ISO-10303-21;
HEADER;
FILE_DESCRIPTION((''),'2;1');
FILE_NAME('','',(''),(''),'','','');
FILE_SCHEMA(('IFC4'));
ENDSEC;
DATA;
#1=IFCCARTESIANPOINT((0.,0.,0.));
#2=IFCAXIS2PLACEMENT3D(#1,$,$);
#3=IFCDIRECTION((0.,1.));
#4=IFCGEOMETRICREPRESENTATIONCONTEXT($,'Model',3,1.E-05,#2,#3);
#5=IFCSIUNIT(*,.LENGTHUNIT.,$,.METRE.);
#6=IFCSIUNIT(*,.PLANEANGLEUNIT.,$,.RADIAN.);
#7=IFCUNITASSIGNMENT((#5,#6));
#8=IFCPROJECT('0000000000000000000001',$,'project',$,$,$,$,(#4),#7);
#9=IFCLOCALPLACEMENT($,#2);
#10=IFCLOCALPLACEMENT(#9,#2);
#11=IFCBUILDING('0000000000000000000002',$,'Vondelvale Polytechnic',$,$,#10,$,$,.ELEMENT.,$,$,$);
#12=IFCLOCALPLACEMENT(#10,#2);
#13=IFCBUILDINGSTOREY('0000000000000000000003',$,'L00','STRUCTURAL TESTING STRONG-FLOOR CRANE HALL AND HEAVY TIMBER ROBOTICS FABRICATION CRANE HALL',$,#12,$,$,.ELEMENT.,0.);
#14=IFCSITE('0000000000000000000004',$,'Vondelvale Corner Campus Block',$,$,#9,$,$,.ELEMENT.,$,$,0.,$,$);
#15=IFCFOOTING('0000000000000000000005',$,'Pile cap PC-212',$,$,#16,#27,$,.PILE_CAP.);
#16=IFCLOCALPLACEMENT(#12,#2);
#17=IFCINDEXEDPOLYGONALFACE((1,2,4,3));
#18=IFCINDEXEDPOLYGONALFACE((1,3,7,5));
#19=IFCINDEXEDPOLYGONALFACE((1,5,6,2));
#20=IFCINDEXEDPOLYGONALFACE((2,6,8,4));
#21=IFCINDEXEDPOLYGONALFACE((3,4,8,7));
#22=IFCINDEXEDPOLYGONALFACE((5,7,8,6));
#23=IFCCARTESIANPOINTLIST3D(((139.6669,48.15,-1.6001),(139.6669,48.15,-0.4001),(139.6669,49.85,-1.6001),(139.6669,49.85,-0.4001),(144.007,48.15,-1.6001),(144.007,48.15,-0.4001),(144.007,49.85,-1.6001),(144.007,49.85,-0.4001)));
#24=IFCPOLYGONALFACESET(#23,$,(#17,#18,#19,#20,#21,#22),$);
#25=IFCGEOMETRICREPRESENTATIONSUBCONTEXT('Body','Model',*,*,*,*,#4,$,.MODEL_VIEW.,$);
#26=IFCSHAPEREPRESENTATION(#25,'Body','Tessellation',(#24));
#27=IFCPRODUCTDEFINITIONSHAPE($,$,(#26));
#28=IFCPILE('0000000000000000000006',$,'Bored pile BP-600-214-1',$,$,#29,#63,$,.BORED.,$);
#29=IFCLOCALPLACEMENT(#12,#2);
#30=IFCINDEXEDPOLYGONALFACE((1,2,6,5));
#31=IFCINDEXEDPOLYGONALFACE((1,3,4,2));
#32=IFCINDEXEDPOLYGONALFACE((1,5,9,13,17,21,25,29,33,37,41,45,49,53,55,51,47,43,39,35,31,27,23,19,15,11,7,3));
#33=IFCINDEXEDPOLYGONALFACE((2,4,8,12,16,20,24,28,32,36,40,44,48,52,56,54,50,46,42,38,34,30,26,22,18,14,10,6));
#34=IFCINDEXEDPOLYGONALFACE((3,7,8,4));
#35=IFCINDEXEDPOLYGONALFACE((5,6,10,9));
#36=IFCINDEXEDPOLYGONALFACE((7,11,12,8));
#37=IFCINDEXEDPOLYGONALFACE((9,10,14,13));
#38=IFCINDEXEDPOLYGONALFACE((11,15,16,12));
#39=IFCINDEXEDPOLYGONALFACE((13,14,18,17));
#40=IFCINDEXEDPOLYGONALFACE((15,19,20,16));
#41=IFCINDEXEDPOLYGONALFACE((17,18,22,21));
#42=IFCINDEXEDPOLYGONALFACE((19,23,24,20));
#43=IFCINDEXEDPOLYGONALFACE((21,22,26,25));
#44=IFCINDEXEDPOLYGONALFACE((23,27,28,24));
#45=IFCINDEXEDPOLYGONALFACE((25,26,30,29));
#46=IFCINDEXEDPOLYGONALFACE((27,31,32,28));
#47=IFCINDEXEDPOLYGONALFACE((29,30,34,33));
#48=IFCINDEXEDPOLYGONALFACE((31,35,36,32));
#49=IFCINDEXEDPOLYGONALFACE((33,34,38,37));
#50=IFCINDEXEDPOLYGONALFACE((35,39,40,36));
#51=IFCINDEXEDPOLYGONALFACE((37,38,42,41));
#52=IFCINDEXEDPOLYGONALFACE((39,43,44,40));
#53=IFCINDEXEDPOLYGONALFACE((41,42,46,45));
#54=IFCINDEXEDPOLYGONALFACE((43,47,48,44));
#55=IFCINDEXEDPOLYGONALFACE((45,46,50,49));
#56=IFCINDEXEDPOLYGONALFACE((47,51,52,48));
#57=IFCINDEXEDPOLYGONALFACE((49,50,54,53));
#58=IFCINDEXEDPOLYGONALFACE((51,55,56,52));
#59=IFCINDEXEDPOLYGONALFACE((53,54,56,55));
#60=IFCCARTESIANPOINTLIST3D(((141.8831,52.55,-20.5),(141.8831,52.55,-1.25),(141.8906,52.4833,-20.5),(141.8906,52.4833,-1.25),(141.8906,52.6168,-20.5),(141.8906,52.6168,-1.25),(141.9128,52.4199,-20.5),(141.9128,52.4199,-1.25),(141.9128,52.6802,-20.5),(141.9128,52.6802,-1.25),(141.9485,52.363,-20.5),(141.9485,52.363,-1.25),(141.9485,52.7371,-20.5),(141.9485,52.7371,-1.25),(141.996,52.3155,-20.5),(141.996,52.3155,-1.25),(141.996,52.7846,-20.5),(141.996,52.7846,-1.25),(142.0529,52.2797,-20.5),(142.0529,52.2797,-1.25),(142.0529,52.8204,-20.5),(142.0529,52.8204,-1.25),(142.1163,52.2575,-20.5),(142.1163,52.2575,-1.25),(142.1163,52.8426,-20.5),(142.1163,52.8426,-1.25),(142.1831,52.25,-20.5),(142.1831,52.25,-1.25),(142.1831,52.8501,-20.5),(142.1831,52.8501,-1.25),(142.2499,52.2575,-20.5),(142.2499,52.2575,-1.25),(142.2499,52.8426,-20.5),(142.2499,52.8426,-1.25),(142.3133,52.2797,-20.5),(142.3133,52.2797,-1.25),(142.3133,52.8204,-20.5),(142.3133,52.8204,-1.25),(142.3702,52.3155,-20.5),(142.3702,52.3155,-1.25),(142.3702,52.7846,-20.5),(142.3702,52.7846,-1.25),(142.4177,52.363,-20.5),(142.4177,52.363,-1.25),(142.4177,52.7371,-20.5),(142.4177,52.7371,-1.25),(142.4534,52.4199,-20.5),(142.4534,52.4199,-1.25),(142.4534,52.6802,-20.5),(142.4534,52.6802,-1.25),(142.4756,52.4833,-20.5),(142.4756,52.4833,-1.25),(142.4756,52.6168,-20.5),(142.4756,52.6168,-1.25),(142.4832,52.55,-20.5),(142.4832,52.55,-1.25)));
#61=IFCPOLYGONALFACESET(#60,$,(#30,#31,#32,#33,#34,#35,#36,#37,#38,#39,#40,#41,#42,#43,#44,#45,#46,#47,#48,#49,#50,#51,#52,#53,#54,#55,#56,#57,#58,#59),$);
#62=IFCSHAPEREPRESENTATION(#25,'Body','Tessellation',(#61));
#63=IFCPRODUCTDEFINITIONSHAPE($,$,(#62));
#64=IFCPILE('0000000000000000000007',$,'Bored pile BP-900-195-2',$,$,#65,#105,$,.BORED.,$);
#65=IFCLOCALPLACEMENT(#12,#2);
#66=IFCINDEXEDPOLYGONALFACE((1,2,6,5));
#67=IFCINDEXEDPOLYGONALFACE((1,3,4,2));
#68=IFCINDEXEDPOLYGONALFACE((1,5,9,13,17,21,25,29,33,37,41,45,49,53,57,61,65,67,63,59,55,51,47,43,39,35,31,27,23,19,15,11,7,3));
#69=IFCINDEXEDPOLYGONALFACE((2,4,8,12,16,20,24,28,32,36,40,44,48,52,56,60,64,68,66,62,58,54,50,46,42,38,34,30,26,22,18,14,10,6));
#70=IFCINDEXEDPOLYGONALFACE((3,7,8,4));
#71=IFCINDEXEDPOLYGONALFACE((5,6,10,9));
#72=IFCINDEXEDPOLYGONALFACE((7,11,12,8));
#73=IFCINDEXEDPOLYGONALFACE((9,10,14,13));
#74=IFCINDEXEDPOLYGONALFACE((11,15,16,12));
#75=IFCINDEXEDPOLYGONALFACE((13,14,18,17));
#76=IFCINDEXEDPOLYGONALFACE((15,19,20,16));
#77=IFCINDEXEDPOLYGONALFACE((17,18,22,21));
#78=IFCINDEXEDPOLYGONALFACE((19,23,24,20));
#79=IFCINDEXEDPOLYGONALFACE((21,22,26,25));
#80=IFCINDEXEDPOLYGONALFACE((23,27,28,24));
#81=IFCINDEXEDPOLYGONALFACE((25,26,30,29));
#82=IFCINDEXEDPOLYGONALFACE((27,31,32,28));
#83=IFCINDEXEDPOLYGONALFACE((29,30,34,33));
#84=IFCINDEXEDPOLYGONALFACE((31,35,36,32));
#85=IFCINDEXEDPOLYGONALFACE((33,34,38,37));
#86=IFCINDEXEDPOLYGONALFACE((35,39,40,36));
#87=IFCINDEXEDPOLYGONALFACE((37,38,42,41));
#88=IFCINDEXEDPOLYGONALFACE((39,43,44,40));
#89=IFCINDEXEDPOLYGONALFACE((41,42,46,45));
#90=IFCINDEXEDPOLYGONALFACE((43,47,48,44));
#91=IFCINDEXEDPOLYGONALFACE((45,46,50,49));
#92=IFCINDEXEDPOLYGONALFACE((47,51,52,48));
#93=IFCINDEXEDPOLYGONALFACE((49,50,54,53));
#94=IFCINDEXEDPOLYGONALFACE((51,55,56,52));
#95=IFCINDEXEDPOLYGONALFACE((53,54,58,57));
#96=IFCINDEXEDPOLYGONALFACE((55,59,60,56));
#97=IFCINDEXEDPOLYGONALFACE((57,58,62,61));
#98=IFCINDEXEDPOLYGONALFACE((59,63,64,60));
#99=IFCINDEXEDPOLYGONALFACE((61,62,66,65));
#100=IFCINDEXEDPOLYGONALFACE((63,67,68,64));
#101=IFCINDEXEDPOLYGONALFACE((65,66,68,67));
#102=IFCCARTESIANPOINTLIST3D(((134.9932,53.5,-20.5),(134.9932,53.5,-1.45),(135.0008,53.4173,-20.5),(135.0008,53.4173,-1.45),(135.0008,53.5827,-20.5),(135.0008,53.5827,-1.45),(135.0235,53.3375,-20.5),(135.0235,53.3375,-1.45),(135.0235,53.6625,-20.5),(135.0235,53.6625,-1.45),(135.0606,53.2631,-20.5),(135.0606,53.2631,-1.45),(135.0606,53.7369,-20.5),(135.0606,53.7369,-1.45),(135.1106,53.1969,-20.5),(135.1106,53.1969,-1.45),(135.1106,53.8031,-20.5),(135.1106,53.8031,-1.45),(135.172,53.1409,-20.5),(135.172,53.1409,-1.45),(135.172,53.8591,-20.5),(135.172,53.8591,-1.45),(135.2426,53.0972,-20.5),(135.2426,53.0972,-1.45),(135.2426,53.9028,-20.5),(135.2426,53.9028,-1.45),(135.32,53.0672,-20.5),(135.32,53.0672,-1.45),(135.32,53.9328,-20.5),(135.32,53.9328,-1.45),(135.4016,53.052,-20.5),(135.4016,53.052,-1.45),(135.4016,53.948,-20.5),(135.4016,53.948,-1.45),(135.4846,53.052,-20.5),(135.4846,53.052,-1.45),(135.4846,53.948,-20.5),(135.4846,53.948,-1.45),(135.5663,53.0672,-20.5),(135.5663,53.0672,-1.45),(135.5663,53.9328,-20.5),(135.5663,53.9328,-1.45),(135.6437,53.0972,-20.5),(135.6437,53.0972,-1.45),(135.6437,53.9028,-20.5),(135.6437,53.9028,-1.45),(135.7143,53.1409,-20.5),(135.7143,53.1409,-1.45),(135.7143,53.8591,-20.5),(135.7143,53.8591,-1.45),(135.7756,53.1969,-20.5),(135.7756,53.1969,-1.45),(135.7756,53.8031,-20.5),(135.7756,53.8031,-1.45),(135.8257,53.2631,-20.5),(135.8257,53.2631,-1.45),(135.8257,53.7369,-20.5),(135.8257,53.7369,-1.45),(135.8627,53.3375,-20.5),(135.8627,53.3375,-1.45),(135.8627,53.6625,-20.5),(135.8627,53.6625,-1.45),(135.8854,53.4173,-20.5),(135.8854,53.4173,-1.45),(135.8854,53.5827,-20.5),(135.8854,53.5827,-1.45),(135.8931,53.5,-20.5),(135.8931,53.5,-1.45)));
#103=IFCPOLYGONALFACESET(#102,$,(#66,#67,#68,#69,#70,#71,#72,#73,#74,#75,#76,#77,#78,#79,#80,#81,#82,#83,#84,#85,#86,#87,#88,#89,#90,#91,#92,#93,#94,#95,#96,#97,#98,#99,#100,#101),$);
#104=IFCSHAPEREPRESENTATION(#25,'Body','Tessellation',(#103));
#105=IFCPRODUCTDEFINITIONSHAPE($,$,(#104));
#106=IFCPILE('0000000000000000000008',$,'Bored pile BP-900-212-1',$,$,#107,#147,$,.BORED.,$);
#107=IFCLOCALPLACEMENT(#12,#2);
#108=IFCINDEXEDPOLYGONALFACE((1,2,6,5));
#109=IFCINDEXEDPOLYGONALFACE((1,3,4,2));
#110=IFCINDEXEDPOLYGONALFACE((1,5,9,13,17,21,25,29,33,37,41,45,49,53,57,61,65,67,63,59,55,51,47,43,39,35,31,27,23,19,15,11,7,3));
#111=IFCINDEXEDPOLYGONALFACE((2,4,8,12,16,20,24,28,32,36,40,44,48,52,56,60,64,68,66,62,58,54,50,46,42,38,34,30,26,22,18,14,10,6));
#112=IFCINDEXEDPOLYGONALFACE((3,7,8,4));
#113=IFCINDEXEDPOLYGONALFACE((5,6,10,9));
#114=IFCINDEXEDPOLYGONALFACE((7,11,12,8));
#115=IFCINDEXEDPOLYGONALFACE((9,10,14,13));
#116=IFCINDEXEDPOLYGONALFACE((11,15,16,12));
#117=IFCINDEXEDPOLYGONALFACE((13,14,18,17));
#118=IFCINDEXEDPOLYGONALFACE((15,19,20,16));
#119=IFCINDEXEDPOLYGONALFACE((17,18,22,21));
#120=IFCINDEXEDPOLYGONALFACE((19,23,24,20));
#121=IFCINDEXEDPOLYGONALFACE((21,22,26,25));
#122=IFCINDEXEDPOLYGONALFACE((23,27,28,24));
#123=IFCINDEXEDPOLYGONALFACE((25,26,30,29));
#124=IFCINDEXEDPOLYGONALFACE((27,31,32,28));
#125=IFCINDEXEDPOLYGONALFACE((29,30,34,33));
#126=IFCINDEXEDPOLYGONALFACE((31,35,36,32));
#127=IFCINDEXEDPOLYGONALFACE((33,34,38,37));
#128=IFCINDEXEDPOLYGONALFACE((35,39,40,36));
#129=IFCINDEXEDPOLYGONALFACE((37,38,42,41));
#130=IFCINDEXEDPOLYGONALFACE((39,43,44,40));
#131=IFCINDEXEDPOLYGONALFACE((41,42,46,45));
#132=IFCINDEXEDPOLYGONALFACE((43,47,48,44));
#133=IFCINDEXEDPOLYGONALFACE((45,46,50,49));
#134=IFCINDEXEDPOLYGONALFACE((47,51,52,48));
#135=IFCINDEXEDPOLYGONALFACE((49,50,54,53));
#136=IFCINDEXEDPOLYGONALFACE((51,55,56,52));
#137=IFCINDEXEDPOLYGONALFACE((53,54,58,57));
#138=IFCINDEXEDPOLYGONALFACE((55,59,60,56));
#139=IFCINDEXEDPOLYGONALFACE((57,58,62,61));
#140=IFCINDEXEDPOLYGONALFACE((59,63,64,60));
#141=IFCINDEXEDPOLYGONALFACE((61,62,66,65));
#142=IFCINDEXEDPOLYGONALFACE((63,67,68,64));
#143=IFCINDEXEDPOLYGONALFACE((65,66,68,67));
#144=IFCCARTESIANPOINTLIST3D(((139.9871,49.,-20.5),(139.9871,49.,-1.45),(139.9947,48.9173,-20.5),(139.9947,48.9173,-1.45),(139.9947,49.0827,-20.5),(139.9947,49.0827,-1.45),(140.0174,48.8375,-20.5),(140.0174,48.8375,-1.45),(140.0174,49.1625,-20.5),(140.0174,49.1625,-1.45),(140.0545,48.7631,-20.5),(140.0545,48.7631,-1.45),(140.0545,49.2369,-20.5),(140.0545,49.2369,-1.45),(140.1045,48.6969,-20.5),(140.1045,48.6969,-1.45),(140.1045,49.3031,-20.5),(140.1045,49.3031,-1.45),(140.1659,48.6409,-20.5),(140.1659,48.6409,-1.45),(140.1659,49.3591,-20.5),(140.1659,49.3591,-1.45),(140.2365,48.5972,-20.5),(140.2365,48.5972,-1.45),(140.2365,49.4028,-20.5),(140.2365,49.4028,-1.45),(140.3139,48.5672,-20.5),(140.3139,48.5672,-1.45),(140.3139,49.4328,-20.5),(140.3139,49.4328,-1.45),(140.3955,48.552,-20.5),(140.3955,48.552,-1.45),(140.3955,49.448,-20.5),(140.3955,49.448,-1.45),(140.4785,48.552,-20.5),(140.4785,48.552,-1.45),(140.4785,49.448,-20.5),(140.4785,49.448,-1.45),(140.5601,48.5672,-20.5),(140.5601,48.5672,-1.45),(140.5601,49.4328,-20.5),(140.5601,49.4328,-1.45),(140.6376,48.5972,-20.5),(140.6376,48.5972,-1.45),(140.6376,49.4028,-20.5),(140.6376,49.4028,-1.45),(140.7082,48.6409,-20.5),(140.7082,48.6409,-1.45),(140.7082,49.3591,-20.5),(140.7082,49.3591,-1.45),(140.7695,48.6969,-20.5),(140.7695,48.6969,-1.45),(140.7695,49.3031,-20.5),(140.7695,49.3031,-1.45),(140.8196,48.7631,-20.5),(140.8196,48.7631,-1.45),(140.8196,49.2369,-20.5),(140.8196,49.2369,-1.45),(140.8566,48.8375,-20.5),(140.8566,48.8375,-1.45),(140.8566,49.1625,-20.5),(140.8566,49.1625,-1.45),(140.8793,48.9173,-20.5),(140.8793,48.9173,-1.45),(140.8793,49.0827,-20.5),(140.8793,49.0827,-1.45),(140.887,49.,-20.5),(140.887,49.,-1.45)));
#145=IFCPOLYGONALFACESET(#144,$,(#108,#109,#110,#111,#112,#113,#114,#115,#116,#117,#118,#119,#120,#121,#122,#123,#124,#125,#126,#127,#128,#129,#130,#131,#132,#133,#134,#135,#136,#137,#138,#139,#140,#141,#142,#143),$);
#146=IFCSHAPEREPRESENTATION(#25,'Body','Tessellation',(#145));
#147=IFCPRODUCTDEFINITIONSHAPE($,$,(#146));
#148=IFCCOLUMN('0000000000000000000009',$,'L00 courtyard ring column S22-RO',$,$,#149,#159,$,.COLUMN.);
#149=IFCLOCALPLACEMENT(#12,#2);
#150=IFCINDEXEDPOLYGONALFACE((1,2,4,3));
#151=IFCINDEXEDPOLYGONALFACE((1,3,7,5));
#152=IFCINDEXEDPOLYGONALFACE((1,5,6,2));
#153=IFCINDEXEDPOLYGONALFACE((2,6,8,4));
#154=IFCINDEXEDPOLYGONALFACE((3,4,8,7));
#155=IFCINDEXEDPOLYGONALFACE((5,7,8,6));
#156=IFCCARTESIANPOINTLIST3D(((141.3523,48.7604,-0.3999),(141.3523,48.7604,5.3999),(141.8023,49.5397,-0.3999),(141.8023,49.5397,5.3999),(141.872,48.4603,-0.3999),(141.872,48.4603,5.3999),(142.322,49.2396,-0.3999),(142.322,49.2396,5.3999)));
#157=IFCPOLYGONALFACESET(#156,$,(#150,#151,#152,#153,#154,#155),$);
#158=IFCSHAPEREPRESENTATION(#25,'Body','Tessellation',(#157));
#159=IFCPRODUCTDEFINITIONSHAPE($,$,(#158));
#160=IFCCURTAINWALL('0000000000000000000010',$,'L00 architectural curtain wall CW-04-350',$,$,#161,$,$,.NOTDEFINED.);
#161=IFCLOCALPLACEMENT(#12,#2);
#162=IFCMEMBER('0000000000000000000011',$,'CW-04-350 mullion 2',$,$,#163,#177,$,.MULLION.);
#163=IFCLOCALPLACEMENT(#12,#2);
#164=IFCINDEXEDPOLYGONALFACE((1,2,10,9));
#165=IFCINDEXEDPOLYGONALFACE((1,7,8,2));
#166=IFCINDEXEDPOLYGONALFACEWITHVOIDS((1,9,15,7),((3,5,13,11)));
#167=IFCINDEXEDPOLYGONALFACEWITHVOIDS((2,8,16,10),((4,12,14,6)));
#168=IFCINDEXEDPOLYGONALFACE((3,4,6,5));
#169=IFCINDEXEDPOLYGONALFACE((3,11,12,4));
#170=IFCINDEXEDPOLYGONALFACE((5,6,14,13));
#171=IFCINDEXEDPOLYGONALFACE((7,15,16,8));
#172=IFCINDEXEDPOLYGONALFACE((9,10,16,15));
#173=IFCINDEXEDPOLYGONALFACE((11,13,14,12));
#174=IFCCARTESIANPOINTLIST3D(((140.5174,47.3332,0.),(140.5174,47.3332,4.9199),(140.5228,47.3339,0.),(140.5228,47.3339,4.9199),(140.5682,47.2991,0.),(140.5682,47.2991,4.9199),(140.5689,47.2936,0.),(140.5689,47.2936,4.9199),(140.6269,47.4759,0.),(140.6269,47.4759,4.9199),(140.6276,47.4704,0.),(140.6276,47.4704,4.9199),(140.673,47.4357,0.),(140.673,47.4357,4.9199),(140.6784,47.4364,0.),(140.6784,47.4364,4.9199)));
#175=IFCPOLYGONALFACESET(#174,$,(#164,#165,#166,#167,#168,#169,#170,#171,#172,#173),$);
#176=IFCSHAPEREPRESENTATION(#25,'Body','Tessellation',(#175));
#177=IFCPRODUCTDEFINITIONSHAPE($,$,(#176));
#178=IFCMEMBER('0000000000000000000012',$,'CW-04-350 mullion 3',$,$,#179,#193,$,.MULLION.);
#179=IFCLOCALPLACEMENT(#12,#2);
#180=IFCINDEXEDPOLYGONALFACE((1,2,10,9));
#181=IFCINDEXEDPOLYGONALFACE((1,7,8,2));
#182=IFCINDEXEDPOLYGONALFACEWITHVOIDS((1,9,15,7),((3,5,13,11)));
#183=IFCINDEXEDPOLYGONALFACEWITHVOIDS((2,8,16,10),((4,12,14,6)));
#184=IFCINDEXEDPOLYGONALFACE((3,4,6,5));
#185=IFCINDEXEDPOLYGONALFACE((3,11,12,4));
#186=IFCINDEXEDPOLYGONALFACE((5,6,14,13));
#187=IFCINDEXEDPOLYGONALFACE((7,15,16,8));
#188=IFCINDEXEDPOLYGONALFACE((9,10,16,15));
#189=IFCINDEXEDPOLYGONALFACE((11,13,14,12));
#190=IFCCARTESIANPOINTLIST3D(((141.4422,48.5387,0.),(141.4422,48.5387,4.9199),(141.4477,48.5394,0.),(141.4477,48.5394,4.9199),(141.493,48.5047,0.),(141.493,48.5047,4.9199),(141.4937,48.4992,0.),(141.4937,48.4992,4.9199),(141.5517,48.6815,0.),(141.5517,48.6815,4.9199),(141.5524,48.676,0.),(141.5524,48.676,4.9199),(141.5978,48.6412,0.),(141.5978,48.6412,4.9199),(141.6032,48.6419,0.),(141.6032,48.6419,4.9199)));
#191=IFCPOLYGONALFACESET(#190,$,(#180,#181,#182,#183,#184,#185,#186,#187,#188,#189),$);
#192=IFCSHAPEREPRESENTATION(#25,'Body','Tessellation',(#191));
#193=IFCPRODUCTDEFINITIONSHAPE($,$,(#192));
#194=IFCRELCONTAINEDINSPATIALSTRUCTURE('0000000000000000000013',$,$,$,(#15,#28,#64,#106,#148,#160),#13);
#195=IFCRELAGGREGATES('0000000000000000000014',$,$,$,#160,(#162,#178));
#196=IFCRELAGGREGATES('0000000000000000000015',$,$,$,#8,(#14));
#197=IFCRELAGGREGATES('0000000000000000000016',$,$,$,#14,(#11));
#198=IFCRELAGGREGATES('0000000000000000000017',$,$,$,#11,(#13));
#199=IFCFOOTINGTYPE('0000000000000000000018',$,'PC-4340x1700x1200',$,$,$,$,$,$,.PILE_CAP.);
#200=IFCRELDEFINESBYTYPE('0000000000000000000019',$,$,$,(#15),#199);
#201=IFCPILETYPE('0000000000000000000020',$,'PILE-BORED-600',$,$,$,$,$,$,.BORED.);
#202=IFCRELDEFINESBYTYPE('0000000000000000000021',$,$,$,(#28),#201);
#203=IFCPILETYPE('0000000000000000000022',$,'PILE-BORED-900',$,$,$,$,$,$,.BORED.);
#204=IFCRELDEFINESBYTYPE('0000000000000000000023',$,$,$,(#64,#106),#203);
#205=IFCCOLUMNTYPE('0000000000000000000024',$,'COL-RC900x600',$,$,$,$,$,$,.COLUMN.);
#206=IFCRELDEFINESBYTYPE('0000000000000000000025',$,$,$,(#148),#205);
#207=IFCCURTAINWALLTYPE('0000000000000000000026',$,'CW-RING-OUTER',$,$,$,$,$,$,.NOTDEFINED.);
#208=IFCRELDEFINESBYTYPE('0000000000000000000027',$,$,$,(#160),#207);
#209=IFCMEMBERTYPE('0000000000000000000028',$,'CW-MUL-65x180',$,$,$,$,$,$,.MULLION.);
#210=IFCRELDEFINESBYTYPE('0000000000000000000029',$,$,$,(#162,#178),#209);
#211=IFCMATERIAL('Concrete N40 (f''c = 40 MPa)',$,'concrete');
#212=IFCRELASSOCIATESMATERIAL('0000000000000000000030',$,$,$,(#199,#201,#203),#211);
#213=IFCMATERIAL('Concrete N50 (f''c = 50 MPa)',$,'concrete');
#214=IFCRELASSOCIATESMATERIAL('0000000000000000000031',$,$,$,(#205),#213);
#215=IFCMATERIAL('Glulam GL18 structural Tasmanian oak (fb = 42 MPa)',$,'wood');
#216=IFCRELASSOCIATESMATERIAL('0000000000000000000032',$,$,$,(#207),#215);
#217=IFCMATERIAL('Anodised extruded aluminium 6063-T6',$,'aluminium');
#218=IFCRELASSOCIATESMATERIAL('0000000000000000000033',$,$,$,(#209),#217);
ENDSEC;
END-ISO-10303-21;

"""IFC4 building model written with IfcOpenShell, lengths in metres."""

from ifc_helpers import new_model, si_unit, direction, frame, origin, origin_2d, place, context, subcontext, project, spatial, rectangle, hollow_rectangle, circle, extrude, material, material_profile, profile_set, type_object, element, aggregate, save


model = new_model("IFC4")

# Units and contexts
model_context = context("Model", 3, precision=1e-05, world=origin(), true_north=direction((0.0, 1.0)))
body_context = subcontext(model_context, "Body", "Model", "MODEL_VIEW")
ifc_project = project(units=[si_unit("LENGTHUNIT", "METRE"), si_unit("PLANEANGLEUNIT", "RADIAN")], contexts=[model_context])

# Site, building, storey
site_placement = place(None, origin())
site = spatial("IfcSite", under=ifc_project, at=site_placement, Name="Vondelvale Corner Campus Block", CompositionType="ELEMENT", RefElevation=0.0)
building_placement = place(site_placement, origin())
building = spatial("IfcBuilding", under=site, at=building_placement, Name="Vondelvale Polytechnic", CompositionType="ELEMENT")
storey_placement = place(building_placement, origin())
storey = spatial("IfcBuildingStorey", under=building, at=storey_placement, Name="L00", Description="STRUCTURAL TESTING STRONG-FLOOR CRANE HALL AND HEAVY TIMBER ROBOTICS FABRICATION CRANE HALL", CompositionType="ELEMENT", Elevation=0.0)

# Footing
ifc_material_1 = material(Name="Concrete N40 (f'c = 40 MPa)", Category="concrete")
footing_type = type_object("IfcFootingType", Name="PC-4340x1700x1200", PredefinedType="PILE_CAP", material=ifc_material_1)
footing_placement = place(storey_placement, frame((141.8369, 49.0, -1.6001), z_axis=(0.0, 0.0, 1.0), x_axis=(1.0, 0.0, 0.0)))
element("IfcFooting", 1, at=footing_placement, inside=storey, type_object=footing_type, Name="Pile cap PC-212", PredefinedType="PILE_CAP", context=body_context, shape_type="SweptSolid", body=[
    extrude(rectangle(XDim=4.3401, YDim=1.7, at=origin_2d()), origin(), (0.0, 0.0, 1.0), 1.2),
])

# Piles
ifc_material_profile_1 = material_profile(ifc_material_1, circle(Radius=0.3, at=origin_2d()), Name="PILE-D600")
ifc_profile_set_1 = profile_set([ifc_material_profile_1], Name="Concrete N40 (f'c = 40 MPa)")
pile_type_1 = type_object("IfcPileType", Name="PILE-BORED-600", PredefinedType="BORED", material=ifc_profile_set_1)
pile_placement = place(storey_placement, frame((142.1831, 52.55, -1.25), z_axis=(0.0, 0.0, -1.0), x_axis=(1.0, 0.0, 0.0)))
element("IfcPile", 2, at=pile_placement, inside=storey, type_object=pile_type_1, Name="Bored pile BP-600-214-1", PredefinedType="BORED", context=body_context, shape_type="SweptSolid", body=[
    extrude(circle(Radius=0.3, at=origin_2d()), origin(), (0.0, 0.0, 1.0), 19.25),
])
ifc_material_profile_2 = material_profile(ifc_material_1, circle(Radius=0.45, at=origin_2d()), Name="PILE-D900")
ifc_profile_set_2 = profile_set([ifc_material_profile_2], Name="Concrete N40 (f'c = 40 MPa)")
pile_type_2 = type_object("IfcPileType", Name="PILE-BORED-900", PredefinedType="BORED", material=ifc_profile_set_2)
for number, where, z_axis, x_axis, name in (
    (3, (135.4431, 53.5, -1.45), (0.0, 0.0, -1.0), (1.0, 0.0, 0.0), "Bored pile BP-900-195-2"),
    (4, (140.437, 49.0, -1.45), (0.0, 0.0, -1.0), (1.0, 0.0, 0.0), "Bored pile BP-900-212-1"),
):
    element("IfcPile", number, at=place(storey_placement, frame(where, z_axis=z_axis, x_axis=x_axis)), inside=storey, type_object=pile_type_2, Name=name, PredefinedType="BORED", context=body_context, shape_type="SweptSolid", body=[
        extrude(circle(Radius=0.45, at=origin_2d()), origin(), (0.0, 0.0, 1.0), 19.05),
    ])

# Column
ifc_material_2 = material(Name="Concrete N50 (f'c = 50 MPa)", Category="concrete")
ifc_material_profile_3 = material_profile(ifc_material_2, rectangle(XDim=0.6001, YDim=0.8999, at=origin_2d()), Name="RC-COL-900x600")
ifc_profile_set_3 = profile_set([ifc_material_profile_3], Name="Concrete N50 (f'c = 50 MPa)")
column_type = type_object("IfcColumnType", Name="COL-RC900x600", PredefinedType="COLUMN", material=ifc_profile_set_3)
column_placement = place(storey_placement, frame((141.8372, 49.0, -0.3999), z_axis=(0.0, 0.0, 1.0), x_axis=(-0.866025, 0.5, 0.0)))
element("IfcColumn", 5, at=column_placement, inside=storey, type_object=column_type, Name="L00 courtyard ring column S22-RO", PredefinedType="COLUMN", context=body_context, shape_type="SweptSolid", body=[
    extrude(rectangle(XDim=0.6001, YDim=0.8999, at=origin_2d()), origin(), (0.0, 0.0, 1.0), 5.7998),
])

# Curtain wall, members
ifc_material_3 = material(Name="Glulam GL18 structural Tasmanian oak (fb = 42 MPa)", Category="wood")
curtain_wall_type = type_object("IfcCurtainWallType", Name="CW-RING-OUTER", PredefinedType="NOTDEFINED", material=ifc_material_3)
curtain_wall_1_placement = place(storey_placement, origin())
curtain_wall_1 = element("IfcCurtainWall", 6, at=curtain_wall_1_placement, inside=storey, type_object=curtain_wall_type, Name="L00 architectural curtain wall CW-04-350", PredefinedType="NOTDEFINED")
ifc_material_4 = material(Name="Anodised extruded aluminium 6063-T6", Category="aluminium")
ifc_material_profile_4 = material_profile(ifc_material_4, hollow_rectangle(XDim=0.0649, YDim=0.1799, WallThickness=0.0039, at=origin_2d()), Name="CW-MUL-180x65")
ifc_profile_set_4 = profile_set([ifc_material_profile_4], Name="Anodised extruded aluminium 6063-T6")
member_type_1 = type_object("IfcMemberType", Name="CW-MUL-65x180", PredefinedType="MULLION", material=ifc_profile_set_4)
member_1_placement = place(storey_placement, frame((140.5979, 47.3848, 0.0), z_axis=(0.0, 0.0, 1.0), x_axis=(-0.793352, 0.608764, 0.0)))
member_1 = element("IfcMember", 7, at=member_1_placement, type_object=member_type_1, Name="CW-04-350 mullion 2", PredefinedType="MULLION", context=body_context, shape_type="SweptSolid", body=[
    extrude(hollow_rectangle(XDim=0.0649, YDim=0.1799, WallThickness=0.0039, at=origin_2d()), origin(), (0.0, 0.0, 1.0), 4.9199),
])
member_2_placement = place(storey_placement, frame((141.5227, 48.5903, 0.0), z_axis=(0.0, 0.0, 1.0), x_axis=(-0.793352, 0.608764, 0.0)))
member_2 = element("IfcMember", 8, at=member_2_placement, type_object=member_type_1, Name="CW-04-350 mullion 3", PredefinedType="MULLION", context=body_context, shape_type="SweptSolid", body=[
    extrude(hollow_rectangle(XDim=0.0649, YDim=0.1799, WallThickness=0.0039, at=origin_2d()), origin(), (0.0, 0.0, 1.0), 4.9199),
])

aggregate(curtain_wall_1, [member_1, member_2])

save(model, "model.ifc")
